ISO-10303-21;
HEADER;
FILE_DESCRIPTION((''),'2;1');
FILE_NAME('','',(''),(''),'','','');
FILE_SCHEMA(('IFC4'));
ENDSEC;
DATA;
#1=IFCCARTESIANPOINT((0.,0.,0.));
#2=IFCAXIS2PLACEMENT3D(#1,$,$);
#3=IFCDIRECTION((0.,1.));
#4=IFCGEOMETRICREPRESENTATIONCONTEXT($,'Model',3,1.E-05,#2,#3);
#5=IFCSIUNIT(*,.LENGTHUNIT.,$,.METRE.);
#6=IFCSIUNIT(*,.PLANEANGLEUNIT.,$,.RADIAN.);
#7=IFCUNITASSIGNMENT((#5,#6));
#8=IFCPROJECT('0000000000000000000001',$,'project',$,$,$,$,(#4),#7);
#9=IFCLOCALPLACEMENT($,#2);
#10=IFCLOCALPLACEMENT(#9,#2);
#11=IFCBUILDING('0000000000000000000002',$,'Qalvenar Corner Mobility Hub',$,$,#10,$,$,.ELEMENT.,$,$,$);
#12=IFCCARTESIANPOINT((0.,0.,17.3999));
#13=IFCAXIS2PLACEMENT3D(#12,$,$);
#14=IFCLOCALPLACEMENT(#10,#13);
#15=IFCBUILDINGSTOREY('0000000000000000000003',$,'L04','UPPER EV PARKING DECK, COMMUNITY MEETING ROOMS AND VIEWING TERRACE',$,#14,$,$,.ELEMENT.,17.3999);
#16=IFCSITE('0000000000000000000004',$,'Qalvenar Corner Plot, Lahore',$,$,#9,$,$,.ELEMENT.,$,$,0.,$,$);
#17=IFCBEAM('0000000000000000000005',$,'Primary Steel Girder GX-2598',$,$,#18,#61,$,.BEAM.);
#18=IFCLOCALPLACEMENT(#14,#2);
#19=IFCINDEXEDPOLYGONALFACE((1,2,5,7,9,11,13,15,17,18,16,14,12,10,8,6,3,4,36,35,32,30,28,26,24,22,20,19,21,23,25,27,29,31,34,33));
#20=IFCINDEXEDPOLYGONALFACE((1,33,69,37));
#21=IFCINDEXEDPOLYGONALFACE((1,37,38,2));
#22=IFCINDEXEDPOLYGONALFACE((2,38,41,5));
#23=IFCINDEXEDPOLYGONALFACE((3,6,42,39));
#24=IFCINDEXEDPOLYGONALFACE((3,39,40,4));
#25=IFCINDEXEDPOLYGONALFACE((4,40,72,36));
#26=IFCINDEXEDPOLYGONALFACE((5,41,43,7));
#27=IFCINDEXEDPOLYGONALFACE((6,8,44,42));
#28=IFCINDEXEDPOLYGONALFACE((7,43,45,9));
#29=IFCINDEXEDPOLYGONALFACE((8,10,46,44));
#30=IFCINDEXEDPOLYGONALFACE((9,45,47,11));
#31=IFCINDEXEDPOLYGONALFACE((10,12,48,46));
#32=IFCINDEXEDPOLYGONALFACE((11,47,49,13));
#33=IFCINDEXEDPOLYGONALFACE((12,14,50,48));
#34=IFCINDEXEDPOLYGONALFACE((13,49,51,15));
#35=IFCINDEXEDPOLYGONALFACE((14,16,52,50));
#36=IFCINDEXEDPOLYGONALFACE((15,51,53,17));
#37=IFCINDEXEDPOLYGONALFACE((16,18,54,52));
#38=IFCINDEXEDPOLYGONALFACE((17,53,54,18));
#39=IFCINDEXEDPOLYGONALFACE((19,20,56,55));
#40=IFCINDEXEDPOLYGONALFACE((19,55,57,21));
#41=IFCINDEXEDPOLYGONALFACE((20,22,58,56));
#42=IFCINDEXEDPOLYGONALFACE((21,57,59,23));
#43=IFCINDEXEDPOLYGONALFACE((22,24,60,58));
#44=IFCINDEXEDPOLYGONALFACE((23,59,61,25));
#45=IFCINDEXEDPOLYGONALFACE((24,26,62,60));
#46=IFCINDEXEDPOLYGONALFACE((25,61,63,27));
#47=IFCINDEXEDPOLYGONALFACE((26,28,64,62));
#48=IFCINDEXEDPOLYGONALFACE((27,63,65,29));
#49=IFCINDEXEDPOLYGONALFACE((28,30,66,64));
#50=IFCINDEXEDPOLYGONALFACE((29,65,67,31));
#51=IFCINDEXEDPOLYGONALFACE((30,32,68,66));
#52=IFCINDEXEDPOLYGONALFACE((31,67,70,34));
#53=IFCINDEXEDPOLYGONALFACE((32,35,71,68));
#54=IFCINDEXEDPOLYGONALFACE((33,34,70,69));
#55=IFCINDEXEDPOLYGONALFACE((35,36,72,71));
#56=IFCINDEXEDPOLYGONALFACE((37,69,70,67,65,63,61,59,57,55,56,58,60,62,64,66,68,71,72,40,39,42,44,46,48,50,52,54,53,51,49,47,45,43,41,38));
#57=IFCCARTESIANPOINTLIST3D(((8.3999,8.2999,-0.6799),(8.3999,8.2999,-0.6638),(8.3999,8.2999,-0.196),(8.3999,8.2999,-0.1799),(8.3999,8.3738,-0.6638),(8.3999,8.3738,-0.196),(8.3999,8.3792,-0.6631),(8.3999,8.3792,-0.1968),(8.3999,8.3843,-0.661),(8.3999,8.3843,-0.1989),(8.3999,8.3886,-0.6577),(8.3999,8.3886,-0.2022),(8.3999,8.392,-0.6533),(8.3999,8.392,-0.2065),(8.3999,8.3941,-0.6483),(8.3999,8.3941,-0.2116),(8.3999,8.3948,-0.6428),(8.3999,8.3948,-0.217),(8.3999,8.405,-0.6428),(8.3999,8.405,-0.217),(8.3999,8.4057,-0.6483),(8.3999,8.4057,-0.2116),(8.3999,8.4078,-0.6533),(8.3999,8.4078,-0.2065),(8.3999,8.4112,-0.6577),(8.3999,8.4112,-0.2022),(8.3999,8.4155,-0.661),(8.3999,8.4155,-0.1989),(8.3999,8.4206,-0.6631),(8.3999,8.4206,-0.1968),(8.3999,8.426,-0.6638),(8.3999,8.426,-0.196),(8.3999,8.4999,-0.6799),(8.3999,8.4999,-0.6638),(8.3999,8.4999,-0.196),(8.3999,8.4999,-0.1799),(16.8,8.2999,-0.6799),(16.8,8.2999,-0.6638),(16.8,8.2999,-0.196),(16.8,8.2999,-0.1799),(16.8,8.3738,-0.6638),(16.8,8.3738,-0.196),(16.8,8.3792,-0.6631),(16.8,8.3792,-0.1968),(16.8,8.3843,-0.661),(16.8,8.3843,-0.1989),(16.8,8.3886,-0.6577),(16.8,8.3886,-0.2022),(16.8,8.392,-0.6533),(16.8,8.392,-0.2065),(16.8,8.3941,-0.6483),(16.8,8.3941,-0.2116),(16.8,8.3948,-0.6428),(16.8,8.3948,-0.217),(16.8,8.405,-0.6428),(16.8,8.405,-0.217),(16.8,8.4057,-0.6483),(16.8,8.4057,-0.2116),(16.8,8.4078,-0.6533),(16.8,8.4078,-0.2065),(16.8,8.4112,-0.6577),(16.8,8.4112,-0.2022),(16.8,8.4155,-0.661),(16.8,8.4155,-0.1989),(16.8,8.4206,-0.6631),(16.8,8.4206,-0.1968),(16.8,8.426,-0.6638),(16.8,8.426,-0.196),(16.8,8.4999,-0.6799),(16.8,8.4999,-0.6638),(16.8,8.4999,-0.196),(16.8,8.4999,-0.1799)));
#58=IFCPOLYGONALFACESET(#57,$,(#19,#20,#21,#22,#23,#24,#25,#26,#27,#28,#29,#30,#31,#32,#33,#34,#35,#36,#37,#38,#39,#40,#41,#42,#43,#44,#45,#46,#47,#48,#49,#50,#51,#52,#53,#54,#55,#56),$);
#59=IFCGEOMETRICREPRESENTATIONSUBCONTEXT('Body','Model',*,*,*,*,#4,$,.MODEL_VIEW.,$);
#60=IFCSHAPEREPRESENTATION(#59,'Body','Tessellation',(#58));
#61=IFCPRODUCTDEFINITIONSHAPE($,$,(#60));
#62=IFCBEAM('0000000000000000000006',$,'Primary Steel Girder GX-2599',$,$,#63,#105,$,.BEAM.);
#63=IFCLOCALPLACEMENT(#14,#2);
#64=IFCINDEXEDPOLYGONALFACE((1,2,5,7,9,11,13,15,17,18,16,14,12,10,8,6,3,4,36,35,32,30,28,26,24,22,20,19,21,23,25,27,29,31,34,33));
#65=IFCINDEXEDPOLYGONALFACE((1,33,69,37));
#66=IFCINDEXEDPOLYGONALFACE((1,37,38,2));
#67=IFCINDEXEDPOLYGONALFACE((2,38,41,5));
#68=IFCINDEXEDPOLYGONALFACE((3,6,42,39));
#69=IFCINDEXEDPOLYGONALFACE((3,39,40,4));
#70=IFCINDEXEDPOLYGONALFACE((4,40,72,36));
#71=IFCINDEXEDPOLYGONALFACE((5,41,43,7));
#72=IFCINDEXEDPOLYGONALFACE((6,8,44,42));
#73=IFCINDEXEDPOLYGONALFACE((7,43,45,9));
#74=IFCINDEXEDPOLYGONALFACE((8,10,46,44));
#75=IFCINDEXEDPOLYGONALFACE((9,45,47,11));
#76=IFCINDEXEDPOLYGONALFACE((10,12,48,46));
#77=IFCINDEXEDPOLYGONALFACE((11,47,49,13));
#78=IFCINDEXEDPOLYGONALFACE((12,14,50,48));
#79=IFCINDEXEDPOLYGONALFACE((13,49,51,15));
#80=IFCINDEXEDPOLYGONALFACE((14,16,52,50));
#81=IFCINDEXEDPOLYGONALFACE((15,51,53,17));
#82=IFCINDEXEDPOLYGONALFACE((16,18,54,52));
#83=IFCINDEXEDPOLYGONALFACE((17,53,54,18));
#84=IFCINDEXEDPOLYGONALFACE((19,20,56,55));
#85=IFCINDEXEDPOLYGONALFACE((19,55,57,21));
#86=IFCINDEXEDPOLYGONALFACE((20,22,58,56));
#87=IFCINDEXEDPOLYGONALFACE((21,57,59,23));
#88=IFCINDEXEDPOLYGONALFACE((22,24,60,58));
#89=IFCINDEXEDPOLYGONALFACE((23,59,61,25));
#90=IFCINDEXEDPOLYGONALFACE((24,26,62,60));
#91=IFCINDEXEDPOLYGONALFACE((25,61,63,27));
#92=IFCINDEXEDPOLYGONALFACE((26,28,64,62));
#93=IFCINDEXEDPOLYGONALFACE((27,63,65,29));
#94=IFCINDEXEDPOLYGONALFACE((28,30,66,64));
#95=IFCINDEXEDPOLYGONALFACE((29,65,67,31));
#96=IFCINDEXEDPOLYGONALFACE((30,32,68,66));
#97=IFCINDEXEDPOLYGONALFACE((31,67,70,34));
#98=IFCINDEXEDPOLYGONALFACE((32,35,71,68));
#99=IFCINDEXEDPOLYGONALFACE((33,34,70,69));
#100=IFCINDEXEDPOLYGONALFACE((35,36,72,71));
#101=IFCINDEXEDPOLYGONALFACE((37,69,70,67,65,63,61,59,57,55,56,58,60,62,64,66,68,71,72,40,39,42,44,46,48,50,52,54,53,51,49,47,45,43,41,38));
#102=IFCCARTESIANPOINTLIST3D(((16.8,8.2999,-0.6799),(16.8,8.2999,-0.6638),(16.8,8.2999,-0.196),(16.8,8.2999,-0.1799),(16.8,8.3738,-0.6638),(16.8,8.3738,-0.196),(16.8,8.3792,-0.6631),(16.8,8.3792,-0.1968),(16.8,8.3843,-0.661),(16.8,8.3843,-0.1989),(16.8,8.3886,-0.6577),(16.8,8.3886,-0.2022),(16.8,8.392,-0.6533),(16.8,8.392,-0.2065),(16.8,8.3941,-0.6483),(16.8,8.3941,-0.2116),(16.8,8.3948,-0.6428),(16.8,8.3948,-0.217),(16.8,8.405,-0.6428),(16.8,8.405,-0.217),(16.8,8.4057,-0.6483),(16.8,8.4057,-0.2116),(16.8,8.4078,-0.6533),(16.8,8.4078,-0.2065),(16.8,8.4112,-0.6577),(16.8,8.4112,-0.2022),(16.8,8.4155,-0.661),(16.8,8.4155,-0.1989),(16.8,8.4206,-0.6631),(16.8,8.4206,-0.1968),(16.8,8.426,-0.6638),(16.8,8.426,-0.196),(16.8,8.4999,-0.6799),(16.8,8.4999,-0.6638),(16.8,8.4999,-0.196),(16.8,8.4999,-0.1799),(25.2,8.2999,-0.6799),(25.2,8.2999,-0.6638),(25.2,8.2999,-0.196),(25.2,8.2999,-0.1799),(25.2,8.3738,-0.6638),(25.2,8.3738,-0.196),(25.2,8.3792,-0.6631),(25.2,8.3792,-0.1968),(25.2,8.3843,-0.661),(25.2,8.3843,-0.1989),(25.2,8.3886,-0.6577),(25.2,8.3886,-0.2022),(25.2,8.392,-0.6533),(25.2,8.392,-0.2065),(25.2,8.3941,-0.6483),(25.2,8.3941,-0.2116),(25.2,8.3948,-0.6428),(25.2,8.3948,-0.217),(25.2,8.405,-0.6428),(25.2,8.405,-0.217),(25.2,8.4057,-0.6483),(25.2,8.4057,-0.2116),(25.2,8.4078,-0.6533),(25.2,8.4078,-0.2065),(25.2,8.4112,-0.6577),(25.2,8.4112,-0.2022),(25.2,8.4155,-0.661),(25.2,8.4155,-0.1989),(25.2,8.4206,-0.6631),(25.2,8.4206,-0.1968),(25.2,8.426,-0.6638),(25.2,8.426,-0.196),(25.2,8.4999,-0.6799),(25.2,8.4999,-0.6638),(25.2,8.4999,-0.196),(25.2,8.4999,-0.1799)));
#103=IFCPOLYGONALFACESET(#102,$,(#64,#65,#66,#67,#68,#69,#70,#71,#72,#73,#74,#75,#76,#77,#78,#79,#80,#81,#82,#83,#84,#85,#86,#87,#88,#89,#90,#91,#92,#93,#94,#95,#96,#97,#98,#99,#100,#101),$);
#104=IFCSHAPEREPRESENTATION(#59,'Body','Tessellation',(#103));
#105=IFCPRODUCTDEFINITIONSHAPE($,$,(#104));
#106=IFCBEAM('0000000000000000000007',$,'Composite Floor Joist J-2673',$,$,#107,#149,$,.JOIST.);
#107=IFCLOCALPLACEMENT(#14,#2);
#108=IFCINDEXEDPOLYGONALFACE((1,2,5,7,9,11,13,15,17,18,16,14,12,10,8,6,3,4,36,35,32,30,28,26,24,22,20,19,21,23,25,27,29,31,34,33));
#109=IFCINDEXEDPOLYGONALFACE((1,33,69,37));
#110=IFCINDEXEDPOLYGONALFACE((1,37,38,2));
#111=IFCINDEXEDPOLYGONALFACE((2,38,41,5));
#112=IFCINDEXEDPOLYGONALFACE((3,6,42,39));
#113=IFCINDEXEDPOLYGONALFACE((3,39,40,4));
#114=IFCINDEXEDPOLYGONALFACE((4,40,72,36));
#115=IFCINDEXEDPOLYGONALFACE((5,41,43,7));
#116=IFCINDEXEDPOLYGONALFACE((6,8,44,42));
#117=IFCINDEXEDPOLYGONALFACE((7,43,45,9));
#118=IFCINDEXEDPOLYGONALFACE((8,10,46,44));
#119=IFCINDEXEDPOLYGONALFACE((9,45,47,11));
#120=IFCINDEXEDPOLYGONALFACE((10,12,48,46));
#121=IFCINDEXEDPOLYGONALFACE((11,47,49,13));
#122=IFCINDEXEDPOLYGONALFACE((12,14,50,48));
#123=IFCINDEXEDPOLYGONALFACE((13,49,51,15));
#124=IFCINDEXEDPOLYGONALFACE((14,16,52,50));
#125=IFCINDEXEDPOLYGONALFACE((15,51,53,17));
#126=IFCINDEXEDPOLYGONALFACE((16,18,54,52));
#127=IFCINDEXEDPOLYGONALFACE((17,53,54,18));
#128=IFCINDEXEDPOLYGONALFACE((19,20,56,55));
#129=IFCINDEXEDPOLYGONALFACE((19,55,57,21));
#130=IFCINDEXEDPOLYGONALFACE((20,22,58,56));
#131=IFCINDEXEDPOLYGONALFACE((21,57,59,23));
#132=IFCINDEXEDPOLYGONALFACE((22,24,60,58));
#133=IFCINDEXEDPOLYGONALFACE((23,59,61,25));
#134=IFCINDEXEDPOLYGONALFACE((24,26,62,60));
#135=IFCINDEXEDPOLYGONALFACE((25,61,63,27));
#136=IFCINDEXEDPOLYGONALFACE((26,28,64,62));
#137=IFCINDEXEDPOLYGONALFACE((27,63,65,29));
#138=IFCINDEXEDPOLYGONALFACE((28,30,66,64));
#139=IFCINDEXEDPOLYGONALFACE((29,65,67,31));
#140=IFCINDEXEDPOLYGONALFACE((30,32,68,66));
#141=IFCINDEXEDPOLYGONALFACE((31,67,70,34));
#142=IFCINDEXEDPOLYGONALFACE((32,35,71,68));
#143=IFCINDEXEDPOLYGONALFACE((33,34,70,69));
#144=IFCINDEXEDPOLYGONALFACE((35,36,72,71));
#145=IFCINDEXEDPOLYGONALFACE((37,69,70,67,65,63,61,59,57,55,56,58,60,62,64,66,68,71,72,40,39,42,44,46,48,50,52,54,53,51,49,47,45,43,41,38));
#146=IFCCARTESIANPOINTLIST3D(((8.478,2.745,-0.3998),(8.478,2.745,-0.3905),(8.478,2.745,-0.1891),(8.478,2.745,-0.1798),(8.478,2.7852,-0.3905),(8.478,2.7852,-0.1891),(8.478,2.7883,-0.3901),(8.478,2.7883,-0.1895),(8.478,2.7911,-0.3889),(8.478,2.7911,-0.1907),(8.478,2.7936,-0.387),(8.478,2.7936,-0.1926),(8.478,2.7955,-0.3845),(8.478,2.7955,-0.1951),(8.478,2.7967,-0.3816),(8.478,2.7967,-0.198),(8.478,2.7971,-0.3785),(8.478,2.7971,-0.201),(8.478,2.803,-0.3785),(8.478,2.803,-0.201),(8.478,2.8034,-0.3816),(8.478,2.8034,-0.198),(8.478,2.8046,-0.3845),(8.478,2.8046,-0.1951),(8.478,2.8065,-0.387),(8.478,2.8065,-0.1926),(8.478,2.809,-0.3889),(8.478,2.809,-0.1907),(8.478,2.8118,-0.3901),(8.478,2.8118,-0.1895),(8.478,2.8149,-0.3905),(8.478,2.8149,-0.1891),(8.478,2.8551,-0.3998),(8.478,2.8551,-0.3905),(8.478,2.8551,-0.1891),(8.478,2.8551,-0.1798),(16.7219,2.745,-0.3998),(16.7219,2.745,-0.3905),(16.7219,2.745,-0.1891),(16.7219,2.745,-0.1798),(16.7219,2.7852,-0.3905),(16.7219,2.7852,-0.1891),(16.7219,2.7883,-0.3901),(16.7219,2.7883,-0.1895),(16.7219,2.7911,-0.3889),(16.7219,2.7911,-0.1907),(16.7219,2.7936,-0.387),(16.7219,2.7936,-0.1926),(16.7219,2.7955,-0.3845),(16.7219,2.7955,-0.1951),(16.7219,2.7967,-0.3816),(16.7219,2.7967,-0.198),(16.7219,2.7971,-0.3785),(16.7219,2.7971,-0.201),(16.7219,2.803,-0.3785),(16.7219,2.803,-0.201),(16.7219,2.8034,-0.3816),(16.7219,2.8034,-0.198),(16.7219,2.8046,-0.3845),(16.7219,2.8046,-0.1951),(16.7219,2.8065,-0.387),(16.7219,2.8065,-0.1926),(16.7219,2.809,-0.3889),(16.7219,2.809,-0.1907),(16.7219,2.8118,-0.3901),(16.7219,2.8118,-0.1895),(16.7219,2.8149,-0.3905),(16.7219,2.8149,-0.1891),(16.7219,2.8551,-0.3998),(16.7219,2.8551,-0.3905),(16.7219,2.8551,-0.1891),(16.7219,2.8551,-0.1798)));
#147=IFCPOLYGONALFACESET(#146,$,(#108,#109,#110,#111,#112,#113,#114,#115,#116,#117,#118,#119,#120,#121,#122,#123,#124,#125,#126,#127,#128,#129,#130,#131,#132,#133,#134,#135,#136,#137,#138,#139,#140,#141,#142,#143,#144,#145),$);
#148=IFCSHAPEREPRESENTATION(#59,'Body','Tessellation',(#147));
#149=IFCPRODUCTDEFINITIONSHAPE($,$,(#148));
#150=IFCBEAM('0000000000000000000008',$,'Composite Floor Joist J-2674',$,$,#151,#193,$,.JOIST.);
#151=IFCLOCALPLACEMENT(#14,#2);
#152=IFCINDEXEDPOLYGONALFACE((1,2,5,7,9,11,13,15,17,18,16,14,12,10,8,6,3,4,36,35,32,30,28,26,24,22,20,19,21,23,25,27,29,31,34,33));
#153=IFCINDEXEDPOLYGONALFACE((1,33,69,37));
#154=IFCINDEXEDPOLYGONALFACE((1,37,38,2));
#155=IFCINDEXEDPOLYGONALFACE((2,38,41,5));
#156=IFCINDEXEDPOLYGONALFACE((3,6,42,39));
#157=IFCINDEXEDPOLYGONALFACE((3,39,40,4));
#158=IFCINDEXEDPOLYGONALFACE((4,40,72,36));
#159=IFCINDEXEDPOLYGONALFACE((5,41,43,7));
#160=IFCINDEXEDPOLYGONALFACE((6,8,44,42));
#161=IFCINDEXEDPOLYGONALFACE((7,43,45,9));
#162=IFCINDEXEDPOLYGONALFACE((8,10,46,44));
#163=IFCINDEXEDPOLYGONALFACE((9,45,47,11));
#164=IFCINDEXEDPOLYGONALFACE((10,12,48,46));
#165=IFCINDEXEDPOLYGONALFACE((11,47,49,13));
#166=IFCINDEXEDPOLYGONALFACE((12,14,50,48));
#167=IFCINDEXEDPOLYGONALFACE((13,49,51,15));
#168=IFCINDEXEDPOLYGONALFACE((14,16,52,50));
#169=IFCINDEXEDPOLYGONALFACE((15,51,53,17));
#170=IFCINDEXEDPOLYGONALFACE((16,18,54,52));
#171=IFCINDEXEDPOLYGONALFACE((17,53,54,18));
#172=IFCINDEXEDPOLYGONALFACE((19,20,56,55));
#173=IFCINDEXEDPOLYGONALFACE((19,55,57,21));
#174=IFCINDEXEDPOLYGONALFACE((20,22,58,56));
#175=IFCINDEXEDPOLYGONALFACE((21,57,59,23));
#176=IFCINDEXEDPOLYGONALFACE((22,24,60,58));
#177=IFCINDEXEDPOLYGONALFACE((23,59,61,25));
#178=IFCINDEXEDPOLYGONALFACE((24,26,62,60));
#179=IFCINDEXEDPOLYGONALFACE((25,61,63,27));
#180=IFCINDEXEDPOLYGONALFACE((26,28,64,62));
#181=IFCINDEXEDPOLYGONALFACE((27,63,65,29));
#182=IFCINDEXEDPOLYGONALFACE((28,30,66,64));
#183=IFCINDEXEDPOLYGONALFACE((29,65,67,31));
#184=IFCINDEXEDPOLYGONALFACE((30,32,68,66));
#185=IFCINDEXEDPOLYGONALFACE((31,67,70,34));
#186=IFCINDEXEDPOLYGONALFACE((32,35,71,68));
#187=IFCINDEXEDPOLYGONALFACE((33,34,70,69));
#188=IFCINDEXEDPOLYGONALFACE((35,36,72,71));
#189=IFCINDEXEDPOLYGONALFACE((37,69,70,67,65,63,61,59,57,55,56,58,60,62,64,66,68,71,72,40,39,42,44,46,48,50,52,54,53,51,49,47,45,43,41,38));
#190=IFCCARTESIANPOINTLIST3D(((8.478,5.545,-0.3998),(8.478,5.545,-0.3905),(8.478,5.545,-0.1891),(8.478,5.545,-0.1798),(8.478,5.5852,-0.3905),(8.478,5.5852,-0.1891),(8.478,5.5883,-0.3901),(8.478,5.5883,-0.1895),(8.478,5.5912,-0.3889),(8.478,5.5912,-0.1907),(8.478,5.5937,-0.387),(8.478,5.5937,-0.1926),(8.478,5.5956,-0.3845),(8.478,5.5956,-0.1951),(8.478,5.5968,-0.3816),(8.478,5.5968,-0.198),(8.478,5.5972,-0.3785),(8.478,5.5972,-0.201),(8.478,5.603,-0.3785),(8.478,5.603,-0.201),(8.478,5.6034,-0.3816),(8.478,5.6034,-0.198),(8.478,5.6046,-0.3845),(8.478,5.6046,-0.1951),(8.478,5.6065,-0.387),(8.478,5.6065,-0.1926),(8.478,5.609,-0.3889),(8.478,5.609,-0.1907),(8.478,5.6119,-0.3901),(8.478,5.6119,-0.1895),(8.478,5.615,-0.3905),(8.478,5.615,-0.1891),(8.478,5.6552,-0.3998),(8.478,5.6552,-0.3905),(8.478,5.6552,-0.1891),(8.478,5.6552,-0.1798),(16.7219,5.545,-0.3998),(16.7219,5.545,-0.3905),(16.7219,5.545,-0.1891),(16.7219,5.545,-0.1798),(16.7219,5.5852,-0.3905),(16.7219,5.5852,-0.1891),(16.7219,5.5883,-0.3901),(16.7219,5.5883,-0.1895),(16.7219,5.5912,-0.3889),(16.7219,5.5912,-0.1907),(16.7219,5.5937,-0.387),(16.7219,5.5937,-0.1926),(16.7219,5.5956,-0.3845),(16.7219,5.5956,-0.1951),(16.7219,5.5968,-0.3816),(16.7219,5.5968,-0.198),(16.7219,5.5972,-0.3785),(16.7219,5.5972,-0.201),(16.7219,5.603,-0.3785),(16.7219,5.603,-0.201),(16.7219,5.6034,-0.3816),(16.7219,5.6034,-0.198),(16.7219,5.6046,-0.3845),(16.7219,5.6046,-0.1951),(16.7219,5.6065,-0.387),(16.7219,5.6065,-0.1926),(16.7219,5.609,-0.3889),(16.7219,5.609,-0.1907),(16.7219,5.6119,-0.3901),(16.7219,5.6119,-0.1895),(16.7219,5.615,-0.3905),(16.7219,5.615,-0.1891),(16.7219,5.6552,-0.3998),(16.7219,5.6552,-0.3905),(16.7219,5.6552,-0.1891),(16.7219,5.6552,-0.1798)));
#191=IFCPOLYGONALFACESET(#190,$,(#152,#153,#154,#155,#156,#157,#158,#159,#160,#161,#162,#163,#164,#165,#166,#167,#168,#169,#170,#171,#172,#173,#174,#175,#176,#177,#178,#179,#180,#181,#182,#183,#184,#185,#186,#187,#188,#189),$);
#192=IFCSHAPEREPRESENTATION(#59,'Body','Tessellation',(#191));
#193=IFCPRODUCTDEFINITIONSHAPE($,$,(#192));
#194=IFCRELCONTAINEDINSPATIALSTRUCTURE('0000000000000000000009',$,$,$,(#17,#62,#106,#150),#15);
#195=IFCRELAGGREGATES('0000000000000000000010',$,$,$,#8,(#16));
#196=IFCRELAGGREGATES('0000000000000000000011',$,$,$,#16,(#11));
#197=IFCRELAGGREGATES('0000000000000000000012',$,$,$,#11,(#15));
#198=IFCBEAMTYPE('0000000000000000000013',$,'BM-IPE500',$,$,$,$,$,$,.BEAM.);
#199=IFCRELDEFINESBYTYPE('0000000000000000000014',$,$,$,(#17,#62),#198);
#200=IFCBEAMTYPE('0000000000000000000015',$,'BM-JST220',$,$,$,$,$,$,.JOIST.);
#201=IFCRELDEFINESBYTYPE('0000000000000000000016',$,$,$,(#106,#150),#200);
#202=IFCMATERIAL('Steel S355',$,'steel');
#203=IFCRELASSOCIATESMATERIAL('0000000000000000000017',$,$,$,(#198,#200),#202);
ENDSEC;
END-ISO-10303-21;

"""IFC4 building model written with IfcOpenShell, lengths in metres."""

from ifc_helpers import new_model, si_unit, direction, frame, origin, origin_2d, place, context, subcontext, project, spatial, i_section, extrude, material, material_profile, profile_set, type_object, element, save


model = new_model("IFC4")

# Units and contexts
model_context = context("Model", 3, precision=1e-05, world=origin(), true_north=direction((0.0, 1.0)))
body_context = subcontext(model_context, "Body", "Model", "MODEL_VIEW")
ifc_project = project(units=[si_unit("LENGTHUNIT", "METRE"), si_unit("PLANEANGLEUNIT", "RADIAN")], contexts=[model_context])

# Site, building, storey
site_placement = place(None, origin())
site = spatial("IfcSite", under=ifc_project, at=site_placement, Name="Qalvenar Corner Plot, Lahore", CompositionType="ELEMENT", RefElevation=0.0)
building_placement = place(site_placement, origin())
building = spatial("IfcBuilding", under=site, at=building_placement, Name="Qalvenar Corner Mobility Hub", CompositionType="ELEMENT")
storey_placement = place(building_placement, frame((0.0, 0.0, 17.3999)))
storey = spatial("IfcBuildingStorey", under=building, at=storey_placement, Name="L04", Description="UPPER EV PARKING DECK, COMMUNITY MEETING ROOMS AND VIEWING TERRACE", CompositionType="ELEMENT", Elevation=17.3999)

# Shared definitions
ifc_material_1 = material(Name="Steel S355", Category="steel")

# Beams
ifc_material_profile_1 = material_profile(ifc_material_1, i_section(OverallWidth=0.2, OverallDepth=0.5, WebThickness=0.0103, FlangeThickness=0.0161, FilletRadius=0.021, at=origin_2d()), Name="IPE500")
ifc_profile_set_1 = profile_set([ifc_material_profile_1], Name="Steel S355")
beam_type_1 = type_object("IfcBeamType", Name="BM-IPE500", PredefinedType="BEAM", material=ifc_profile_set_1)
beam_1_placement = place(storey_placement, frame((8.3999, 8.3999, -0.4299), z_axis=(1.0, 0.0, 0.0), x_axis=(0.0, 1.0, 0.0)))
element("IfcBeam", 1, at=beam_1_placement, inside=storey, type_object=beam_type_1, Name="Primary Steel Girder GX-2598", PredefinedType="BEAM", context=body_context, shape_type="SweptSolid", body=[
    extrude(i_section(OverallWidth=0.2, OverallDepth=0.5, WebThickness=0.0103, FlangeThickness=0.0161, FilletRadius=0.021, at=origin_2d()), origin(), (0.0, 0.0, 1.0), 8.4001),
])
beam_2_placement = place(storey_placement, frame((16.8, 8.3999, -0.4299), z_axis=(1.0, 0.0, 0.0), x_axis=(0.0, 1.0, 0.0)))
element("IfcBeam", 2, at=beam_2_placement, inside=storey, type_object=beam_type_1, Name="Primary Steel Girder GX-2599", PredefinedType="BEAM", context=body_context, shape_type="SweptSolid", body=[
    extrude(i_section(OverallWidth=0.2, OverallDepth=0.5, WebThickness=0.0103, FlangeThickness=0.0161, FilletRadius=0.021, at=origin_2d()), origin(), (0.0, 0.0, 1.0), 8.3999),
])
ifc_material_profile_2 = material_profile(ifc_material_1, i_section(OverallWidth=0.1101, OverallDepth=0.22, WebThickness=0.0059, FlangeThickness=0.0093, FilletRadius=0.012, at=origin_2d()), Name="IPE220")
ifc_profile_set_2 = profile_set([ifc_material_profile_2], Name="Steel S355")
beam_type_2 = type_object("IfcBeamType", Name="BM-JST220", PredefinedType="JOIST", material=ifc_profile_set_2)
for number, where, z_axis, x_axis, name in (
    (3, (8.478, 2.8, -0.2898), (1.0, 0.0, 0.0), (0.0, 1.0, 0.0), "Composite Floor Joist J-2673"),
    (4, (8.478, 5.6001, -0.2898), (1.0, 0.0, 0.0), (0.0, 1.0, 0.0), "Composite Floor Joist J-2674"),
):
    element("IfcBeam", number, at=place(storey_placement, frame(where, z_axis=z_axis, x_axis=x_axis)), inside=storey, type_object=beam_type_2, Name=name, PredefinedType="JOIST", context=body_context, shape_type="SweptSolid", body=[
        extrude(i_section(OverallWidth=0.1101, OverallDepth=0.22, WebThickness=0.0059, FlangeThickness=0.0093, FilletRadius=0.012, at=origin_2d()), origin(), (0.0, 0.0, 1.0), 8.2439),
    ])

save(model, "model.ifc")
